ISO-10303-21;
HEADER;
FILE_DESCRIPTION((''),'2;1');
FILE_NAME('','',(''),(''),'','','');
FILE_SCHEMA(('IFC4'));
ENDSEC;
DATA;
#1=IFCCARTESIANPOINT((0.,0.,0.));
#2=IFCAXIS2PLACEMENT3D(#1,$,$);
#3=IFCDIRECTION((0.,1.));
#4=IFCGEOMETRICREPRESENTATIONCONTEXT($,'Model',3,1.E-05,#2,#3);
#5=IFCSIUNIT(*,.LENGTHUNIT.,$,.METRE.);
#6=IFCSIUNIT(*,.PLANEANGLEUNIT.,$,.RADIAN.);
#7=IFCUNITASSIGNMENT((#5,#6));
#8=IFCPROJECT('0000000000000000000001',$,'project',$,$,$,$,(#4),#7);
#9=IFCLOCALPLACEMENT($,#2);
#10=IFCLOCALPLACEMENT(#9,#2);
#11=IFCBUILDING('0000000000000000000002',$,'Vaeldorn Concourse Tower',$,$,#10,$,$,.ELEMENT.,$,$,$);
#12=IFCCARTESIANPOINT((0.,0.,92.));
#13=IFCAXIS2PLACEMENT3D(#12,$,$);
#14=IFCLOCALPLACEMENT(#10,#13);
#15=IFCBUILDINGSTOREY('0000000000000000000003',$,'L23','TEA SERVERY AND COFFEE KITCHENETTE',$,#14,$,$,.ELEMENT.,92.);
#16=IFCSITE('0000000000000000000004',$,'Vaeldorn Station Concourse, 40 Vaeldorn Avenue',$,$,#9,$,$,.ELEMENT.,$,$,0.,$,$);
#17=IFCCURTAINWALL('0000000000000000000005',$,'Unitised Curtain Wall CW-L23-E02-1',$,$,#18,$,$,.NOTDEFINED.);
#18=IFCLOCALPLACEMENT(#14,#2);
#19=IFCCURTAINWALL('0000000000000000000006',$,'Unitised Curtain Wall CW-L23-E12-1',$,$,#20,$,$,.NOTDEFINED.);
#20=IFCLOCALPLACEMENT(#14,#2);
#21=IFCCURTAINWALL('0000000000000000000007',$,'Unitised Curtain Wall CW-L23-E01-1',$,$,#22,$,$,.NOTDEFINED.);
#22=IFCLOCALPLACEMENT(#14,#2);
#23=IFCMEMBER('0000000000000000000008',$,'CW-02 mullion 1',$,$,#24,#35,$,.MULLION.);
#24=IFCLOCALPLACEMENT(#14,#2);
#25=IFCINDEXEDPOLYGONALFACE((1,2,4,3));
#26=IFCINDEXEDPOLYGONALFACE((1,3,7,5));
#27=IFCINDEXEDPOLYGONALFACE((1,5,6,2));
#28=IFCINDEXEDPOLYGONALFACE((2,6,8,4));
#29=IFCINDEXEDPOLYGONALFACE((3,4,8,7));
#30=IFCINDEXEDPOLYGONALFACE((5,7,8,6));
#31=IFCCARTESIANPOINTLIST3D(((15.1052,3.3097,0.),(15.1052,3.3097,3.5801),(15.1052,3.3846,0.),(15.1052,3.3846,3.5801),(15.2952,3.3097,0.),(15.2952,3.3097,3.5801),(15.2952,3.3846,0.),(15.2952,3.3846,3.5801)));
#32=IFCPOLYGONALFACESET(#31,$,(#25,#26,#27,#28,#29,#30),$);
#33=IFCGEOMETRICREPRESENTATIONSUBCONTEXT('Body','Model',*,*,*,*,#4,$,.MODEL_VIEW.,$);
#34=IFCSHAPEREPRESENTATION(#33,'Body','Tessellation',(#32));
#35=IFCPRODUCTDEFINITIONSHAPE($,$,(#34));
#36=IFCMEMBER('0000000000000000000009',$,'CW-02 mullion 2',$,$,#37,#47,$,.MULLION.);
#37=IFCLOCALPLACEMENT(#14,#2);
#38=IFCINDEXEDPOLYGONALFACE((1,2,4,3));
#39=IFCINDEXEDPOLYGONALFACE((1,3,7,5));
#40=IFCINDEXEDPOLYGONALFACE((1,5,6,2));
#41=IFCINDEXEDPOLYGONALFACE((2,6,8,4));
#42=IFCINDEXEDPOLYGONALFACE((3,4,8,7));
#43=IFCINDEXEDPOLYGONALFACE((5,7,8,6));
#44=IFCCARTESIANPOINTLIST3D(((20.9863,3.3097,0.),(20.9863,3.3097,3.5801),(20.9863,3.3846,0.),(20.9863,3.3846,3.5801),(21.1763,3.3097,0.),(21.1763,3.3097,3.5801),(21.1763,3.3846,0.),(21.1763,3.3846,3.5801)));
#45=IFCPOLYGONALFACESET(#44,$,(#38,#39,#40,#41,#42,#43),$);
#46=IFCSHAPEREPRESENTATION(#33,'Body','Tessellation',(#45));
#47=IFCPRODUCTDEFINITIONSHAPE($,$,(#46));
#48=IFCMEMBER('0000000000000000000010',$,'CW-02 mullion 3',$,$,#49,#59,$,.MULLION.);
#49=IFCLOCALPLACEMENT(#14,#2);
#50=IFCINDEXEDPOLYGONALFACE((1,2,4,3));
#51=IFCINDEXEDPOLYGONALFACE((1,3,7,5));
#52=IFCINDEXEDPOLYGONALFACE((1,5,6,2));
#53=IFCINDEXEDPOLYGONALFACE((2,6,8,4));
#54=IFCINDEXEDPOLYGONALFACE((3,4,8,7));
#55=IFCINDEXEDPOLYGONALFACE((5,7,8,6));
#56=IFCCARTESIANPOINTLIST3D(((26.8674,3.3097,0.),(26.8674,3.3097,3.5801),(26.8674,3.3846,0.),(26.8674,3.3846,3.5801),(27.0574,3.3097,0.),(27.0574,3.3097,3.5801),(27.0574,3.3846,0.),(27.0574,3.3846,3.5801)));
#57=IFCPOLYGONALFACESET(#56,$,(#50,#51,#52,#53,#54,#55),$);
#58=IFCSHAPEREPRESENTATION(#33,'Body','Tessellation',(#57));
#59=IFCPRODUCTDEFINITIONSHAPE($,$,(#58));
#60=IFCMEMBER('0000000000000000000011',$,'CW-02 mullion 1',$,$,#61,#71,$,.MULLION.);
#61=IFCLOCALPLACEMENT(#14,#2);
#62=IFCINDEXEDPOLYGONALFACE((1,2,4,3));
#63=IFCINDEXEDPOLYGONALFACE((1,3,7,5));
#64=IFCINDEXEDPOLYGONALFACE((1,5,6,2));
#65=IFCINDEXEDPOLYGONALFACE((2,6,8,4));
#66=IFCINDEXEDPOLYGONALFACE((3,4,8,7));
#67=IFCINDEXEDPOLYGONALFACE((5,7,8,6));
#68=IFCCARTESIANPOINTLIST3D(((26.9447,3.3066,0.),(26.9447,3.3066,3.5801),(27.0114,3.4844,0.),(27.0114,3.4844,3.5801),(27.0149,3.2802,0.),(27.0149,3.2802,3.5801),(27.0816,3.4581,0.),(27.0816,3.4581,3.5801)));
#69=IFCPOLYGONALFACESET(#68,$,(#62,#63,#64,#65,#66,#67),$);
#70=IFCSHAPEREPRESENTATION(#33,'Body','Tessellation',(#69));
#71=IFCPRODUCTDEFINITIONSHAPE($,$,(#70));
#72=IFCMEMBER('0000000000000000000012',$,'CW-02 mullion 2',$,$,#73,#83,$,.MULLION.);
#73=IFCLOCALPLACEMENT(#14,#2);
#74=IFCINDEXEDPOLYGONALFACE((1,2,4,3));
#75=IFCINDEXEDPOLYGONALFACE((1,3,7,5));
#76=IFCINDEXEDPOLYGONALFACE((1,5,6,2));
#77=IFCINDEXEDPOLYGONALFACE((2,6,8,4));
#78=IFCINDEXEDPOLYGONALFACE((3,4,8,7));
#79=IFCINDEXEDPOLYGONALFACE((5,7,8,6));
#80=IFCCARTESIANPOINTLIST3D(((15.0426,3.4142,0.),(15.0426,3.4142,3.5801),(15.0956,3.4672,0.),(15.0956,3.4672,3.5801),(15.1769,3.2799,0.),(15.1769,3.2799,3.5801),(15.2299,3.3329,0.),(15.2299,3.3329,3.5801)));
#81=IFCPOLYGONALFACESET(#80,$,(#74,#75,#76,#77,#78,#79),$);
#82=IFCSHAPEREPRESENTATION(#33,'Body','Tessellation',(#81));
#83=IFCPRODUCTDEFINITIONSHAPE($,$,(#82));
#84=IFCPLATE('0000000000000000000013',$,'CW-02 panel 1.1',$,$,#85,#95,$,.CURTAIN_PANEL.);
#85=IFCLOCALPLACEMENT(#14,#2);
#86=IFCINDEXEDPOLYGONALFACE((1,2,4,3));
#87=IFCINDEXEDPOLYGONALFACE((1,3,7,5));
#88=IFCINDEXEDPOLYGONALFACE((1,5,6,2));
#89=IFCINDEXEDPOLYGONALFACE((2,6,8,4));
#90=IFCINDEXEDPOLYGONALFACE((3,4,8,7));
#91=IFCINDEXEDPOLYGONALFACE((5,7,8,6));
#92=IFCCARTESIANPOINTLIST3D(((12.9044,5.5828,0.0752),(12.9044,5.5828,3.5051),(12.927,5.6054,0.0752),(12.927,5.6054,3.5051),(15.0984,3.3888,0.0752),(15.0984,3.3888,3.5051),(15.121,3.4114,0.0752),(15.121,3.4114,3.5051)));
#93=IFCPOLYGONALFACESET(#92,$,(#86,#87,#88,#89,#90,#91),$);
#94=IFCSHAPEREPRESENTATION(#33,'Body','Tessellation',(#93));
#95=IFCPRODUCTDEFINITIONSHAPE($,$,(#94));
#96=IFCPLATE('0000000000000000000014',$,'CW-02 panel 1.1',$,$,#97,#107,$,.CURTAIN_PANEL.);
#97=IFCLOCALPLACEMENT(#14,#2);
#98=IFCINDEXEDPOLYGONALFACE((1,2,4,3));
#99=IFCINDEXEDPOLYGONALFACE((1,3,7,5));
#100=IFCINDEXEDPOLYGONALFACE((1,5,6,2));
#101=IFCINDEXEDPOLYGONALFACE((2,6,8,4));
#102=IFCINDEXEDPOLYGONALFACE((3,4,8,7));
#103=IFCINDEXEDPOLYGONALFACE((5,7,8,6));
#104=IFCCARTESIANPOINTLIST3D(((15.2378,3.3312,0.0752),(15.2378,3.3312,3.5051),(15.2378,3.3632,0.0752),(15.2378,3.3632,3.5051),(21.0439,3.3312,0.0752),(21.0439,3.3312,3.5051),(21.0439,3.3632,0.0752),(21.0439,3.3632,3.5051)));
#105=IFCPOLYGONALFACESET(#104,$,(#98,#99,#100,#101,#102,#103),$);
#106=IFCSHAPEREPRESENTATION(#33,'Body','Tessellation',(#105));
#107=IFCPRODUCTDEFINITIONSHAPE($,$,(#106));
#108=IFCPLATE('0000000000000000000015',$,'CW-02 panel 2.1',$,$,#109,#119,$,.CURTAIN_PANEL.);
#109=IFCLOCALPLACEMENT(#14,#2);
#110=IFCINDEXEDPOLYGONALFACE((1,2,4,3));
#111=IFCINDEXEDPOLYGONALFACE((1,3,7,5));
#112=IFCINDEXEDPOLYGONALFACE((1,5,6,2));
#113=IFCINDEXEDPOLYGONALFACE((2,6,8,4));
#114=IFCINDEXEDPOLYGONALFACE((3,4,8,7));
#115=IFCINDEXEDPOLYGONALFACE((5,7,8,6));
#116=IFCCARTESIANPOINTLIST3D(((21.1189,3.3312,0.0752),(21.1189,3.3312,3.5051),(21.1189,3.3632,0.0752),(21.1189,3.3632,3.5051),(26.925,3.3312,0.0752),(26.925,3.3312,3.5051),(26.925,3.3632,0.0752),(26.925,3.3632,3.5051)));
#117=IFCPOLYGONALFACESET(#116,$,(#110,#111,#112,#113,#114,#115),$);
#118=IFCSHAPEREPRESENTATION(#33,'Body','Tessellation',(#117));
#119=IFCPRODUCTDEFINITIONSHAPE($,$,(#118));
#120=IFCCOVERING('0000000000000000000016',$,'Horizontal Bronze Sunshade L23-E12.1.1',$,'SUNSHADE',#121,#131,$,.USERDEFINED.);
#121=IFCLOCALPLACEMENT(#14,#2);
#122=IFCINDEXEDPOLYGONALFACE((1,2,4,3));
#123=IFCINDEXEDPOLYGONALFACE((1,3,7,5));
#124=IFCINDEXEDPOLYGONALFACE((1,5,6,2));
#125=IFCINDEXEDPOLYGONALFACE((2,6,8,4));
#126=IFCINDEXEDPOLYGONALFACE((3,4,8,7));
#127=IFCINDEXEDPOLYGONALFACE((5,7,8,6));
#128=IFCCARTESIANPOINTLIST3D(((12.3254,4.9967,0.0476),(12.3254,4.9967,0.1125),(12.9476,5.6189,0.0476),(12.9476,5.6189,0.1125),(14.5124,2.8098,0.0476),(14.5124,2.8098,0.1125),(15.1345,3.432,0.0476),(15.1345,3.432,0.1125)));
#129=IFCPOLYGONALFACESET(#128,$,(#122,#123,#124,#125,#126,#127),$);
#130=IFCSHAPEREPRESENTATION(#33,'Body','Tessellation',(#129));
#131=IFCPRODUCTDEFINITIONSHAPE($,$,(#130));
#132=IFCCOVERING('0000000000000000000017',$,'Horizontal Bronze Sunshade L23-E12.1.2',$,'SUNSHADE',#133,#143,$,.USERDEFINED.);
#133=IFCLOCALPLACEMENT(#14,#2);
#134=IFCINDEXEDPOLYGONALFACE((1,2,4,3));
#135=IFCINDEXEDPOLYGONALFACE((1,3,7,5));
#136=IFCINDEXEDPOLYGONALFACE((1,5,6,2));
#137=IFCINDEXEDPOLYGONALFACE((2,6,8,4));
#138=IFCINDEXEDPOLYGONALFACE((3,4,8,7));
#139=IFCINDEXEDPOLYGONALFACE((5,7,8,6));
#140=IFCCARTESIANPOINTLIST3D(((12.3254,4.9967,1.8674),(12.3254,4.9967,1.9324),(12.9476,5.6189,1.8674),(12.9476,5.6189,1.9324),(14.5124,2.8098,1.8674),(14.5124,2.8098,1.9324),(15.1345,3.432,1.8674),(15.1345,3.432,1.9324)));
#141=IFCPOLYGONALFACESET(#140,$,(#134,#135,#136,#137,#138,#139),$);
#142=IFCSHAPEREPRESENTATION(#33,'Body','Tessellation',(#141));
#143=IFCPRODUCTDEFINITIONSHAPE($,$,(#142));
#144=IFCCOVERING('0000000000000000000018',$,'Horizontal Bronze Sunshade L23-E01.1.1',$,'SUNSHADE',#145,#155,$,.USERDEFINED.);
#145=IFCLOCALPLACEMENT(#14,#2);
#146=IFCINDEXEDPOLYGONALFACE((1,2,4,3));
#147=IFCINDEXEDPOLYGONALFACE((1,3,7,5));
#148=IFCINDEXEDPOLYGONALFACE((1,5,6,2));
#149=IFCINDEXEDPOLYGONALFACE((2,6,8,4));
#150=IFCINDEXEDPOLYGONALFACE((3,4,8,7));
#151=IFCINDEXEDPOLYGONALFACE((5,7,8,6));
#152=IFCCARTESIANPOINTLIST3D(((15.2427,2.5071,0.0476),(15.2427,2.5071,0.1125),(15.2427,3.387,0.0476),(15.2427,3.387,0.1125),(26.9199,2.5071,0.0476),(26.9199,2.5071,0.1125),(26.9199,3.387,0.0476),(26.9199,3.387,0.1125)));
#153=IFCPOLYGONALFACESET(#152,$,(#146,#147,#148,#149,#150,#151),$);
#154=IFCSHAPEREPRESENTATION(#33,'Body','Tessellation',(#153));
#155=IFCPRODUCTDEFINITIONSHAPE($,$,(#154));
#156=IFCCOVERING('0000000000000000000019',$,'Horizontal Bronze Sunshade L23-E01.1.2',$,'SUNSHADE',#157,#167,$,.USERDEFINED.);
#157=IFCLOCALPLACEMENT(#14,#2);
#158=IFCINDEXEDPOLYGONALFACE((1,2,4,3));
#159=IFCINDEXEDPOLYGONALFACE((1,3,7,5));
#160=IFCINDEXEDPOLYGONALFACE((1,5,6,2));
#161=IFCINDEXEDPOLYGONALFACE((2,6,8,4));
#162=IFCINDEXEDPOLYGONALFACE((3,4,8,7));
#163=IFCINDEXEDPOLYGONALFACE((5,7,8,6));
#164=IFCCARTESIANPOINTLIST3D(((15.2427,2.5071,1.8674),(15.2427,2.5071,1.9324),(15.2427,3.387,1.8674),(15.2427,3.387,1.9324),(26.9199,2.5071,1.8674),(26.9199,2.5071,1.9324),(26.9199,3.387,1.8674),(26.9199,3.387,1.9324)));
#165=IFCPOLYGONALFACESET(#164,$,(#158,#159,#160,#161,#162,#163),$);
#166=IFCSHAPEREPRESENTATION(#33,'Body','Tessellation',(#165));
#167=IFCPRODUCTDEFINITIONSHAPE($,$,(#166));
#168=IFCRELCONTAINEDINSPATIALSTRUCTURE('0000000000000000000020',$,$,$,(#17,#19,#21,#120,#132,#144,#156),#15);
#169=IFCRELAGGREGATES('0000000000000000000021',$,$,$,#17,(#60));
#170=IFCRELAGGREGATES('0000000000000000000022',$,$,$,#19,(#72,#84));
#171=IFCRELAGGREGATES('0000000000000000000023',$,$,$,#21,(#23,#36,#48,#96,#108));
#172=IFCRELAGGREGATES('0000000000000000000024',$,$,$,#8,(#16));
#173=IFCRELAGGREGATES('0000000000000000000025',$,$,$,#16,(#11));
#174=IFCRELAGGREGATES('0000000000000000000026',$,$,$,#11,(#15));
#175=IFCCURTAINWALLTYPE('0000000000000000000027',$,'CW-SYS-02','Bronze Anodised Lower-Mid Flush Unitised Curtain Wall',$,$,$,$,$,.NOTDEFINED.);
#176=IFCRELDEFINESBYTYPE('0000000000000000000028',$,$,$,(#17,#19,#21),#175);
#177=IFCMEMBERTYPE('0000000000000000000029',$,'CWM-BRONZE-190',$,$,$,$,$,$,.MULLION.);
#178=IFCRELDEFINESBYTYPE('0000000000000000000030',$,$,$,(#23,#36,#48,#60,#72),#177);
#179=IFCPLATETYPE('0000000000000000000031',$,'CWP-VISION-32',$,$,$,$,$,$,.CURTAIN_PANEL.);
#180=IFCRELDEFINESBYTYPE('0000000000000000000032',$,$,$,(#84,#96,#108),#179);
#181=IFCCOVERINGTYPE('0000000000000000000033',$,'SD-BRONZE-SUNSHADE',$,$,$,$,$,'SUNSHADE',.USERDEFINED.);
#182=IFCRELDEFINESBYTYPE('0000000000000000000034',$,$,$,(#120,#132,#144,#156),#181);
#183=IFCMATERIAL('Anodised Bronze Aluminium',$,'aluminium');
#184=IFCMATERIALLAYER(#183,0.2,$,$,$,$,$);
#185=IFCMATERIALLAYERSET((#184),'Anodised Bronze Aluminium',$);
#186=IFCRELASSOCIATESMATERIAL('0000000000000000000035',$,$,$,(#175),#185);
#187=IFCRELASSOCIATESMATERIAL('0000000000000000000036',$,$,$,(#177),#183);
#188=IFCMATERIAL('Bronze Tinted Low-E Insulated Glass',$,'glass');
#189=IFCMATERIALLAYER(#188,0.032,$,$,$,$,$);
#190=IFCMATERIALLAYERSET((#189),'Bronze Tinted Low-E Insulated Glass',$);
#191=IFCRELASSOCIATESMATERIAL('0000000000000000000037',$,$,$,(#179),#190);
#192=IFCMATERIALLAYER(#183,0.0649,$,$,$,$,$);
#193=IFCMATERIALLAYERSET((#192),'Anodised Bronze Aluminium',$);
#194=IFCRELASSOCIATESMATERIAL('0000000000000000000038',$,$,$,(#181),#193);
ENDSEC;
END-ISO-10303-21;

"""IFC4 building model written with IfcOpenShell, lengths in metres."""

from ifc_helpers import new_model, si_unit, direction, frame, origin, origin_2d, place, context, subcontext, project, spatial, rectangle, extrude, source, transform, mapped, material, layer, layer_set, material_profile, profile_set, type_object, element, aggregate, save


model = new_model("IFC4")

# Units and contexts
model_context = context("Model", 3, precision=1e-05, world=origin(), true_north=direction((0.0, 1.0)))
body_context = subcontext(model_context, "Body", "Model", "MODEL_VIEW")
ifc_project = project(units=[si_unit("LENGTHUNIT", "METRE"), si_unit("PLANEANGLEUNIT", "RADIAN")], contexts=[model_context])

# Site, building, storey
site_placement = place(None, origin())
site = spatial("IfcSite", under=ifc_project, at=site_placement, Name="Vaeldorn Station Concourse, 40 Vaeldorn Avenue", CompositionType="ELEMENT", RefElevation=0.0)
building_placement = place(site_placement, origin())
building = spatial("IfcBuilding", under=site, at=building_placement, Name="Vaeldorn Concourse Tower", CompositionType="ELEMENT")
storey_placement = place(building_placement, frame((0.0, 0.0, 92.0)))
storey = spatial("IfcBuildingStorey", under=building, at=storey_placement, Name="L23", Description="TEA SERVERY AND COFFEE KITCHENETTE", CompositionType="ELEMENT", Elevation=92.0)

# Curtain wall
ifc_material_1 = material(Name="Anodised Bronze Aluminium", Category="aluminium")
ifc_layer_1 = layer(ifc_material_1, 0.2)
ifc_layer_set_1 = layer_set([ifc_layer_1], Name="Anodised Bronze Aluminium")
curtain_wall_type = type_object("IfcCurtainWallType", Name="CW-SYS-02", Description="Bronze Anodised Lower-Mid Flush Unitised Curtain Wall", PredefinedType="NOTDEFINED", material=ifc_layer_set_1)
curtain_wall_1_placement = place(storey_placement, origin())
curtain_wall_1 = element("IfcCurtainWall", 1, at=curtain_wall_1_placement, inside=storey, type_object=curtain_wall_type, Name="Unitised Curtain Wall CW-L23-E02-1", PredefinedType="NOTDEFINED")

# Curtain wall
curtain_wall_2_placement = place(storey_placement, origin())
curtain_wall_2 = element("IfcCurtainWall", 2, at=curtain_wall_2_placement, inside=storey, type_object=curtain_wall_type, Name="Unitised Curtain Wall CW-L23-E12-1", PredefinedType="NOTDEFINED")

# Curtain wall, members
curtain_wall_3_placement = place(storey_placement, origin())
curtain_wall_3 = element("IfcCurtainWall", 3, at=curtain_wall_3_placement, inside=storey, type_object=curtain_wall_type, Name="Unitised Curtain Wall CW-L23-E01-1", PredefinedType="NOTDEFINED")
ifc_material_profile_1 = material_profile(ifc_material_1, rectangle(XDim=0.075, YDim=0.1899, at=origin_2d()), Name="CWM 75x190")
ifc_profile_set_1 = profile_set([ifc_material_profile_1], Name="Anodised Bronze Aluminium")
member_type_1 = type_object("IfcMemberType", Name="CWM-BRONZE-190", PredefinedType="MULLION", material=ifc_profile_set_1)
shared_shape_1 = source(origin(), body_context, "Body", "SweptSolid", [
    extrude(rectangle(XDim=0.075, YDim=0.1899, at=origin_2d()), origin(), (0.0, 0.0, 1.0), 3.5801),
])
member_1_placement = place(storey_placement, frame((15.2002, 3.3472, 0.0), z_axis=(0.0, 0.0, 1.0), x_axis=(0.0, 1.0, 0.0)))
member_1 = element("IfcMember", 4, at=member_1_placement, type_object=member_type_1, Name="CW-02 mullion 1", PredefinedType="MULLION", context=body_context, shape_type="MappedRepresentation", body=[
    mapped(shared_shape_1, transform((0.0, 0.0, 0.0), scale=1.0)),
])
member_2_placement = place(storey_placement, frame((21.0813, 3.3472, 0.0), z_axis=(0.0, 0.0, 1.0), x_axis=(0.0, 1.0, 0.0)))
member_2 = element("IfcMember", 5, at=member_2_placement, type_object=member_type_1, Name="CW-02 mullion 2", PredefinedType="MULLION", context=body_context, shape_type="MappedRepresentation", body=[
    mapped(shared_shape_1, transform((0.0, 0.0, 0.0), scale=1.0)),
])
member_3_placement = place(storey_placement, frame((26.9624, 3.3472, 0.0), z_axis=(0.0, 0.0, 1.0), x_axis=(0.0, 1.0, 0.0)))
member_3 = element("IfcMember", 6, at=member_3_placement, type_object=member_type_1, Name="CW-02 mullion 3", PredefinedType="MULLION", context=body_context, shape_type="MappedRepresentation", body=[
    mapped(shared_shape_1, transform((0.0, 0.0, 0.0), scale=1.0)),
])

# Members
member_4_placement = place(storey_placement, frame((27.0132, 3.3823, 0.0), z_axis=(0.0, 0.0, 1.0), x_axis=(-0.936329, 0.351123, 0.0)))
member_4 = element("IfcMember", 7, at=member_4_placement, type_object=member_type_1, Name="CW-02 mullion 1", PredefinedType="MULLION", context=body_context, shape_type="MappedRepresentation", body=[
    mapped(shared_shape_1, transform((0.0, 0.0, 0.0), scale=1.0)),
])
aggregate(curtain_wall_1, [member_4])
member_5_placement = place(storey_placement, frame((15.1362, 3.3735, 0.0), z_axis=(0.0, 0.0, 1.0), x_axis=(0.707107, 0.707107, 0.0)))
member_5 = element("IfcMember", 8, at=member_5_placement, type_object=member_type_1, Name="CW-02 mullion 2", PredefinedType="MULLION", context=body_context, shape_type="MappedRepresentation", body=[
    mapped(shared_shape_1, transform((0.0, 0.0, 0.0), scale=1.0)),
])

# Plates
ifc_material_2 = material(Name="Bronze Tinted Low-E Insulated Glass", Category="glass")
ifc_layer_2 = layer(ifc_material_2, 0.032)
ifc_layer_set_2 = layer_set([ifc_layer_2], Name="Bronze Tinted Low-E Insulated Glass")
plate_type = type_object("IfcPlateType", Name="CWP-VISION-32", PredefinedType="CURTAIN_PANEL", material=ifc_layer_set_2)
shared_shape_2 = source(origin(), body_context, "Body", "SweptSolid", [
    extrude(rectangle(XDim=3.1028, YDim=0.032, at=origin_2d()), origin(), (0.0, 0.0, 1.0), 3.4299),
])
plate_1_placement = place(storey_placement, frame((14.0127, 4.4971, 0.0752), z_axis=(0.0, 0.0, 1.0), x_axis=(0.707107, -0.707107, 0.0)))
plate_1 = element("IfcPlate", 9, at=plate_1_placement, type_object=plate_type, Name="CW-02 panel 1.1", PredefinedType="CURTAIN_PANEL", context=body_context, shape_type="MappedRepresentation", body=[
    mapped(shared_shape_2, transform((0.0, 0.0, 0.0), scale=1.0)),
])
aggregate(curtain_wall_2, [member_5, plate_1])
shared_shape_3 = source(origin(), body_context, "Body", "SweptSolid", [
    extrude(rectangle(XDim=5.8062, YDim=0.032, at=origin_2d()), origin(), (0.0, 0.0, 1.0), 3.4299),
])
plate_2_placement = place(storey_placement, frame((18.1409, 3.3472, 0.0752), z_axis=(0.0, 0.0, 1.0), x_axis=(1.0, 0.0, 0.0)))
plate_2 = element("IfcPlate", 10, at=plate_2_placement, type_object=plate_type, Name="CW-02 panel 1.1", PredefinedType="CURTAIN_PANEL", context=body_context, shape_type="MappedRepresentation", body=[
    mapped(shared_shape_3, transform((0.0, 0.0, 0.0), scale=1.0)),
])
plate_3_placement = place(storey_placement, frame((24.022, 3.3472, 0.0752), z_axis=(0.0, 0.0, 1.0), x_axis=(1.0, 0.0, 0.0)))
plate_3 = element("IfcPlate", 11, at=plate_3_placement, type_object=plate_type, Name="CW-02 panel 2.1", PredefinedType="CURTAIN_PANEL", context=body_context, shape_type="MappedRepresentation", body=[
    mapped(shared_shape_3, transform((0.0, 0.0, 0.0), scale=1.0)),
])
aggregate(curtain_wall_3, [member_1, member_2, member_3, plate_2, plate_3])

# Coverings
ifc_layer_3 = layer(ifc_material_1, 0.0649)
ifc_layer_set_3 = layer_set([ifc_layer_3], Name="Anodised Bronze Aluminium")
covering_type = type_object("IfcCoveringType", Name="SD-BRONZE-SUNSHADE", ElementType="SUNSHADE", PredefinedType="USERDEFINED", material=ifc_layer_set_3)
shared_shape_4 = source(origin(), body_context, "Body", "SweptSolid", [
    extrude(rectangle(XDim=3.0928, YDim=0.8799, at=origin_2d()), origin(), (0.0, 0.0, 1.0), 0.0649),
])
for number, where, z_axis, x_axis, name in (
    (12, (13.73, 4.2144, 0.0476), (0.0, 0.0, 1.0), (0.707107, -0.707107, 0.0), "Horizontal Bronze Sunshade L23-E12.1.1"),
    (13, (13.73, 4.2144, 1.8674), (0.0, 0.0, 1.0), (0.707107, -0.707107, 0.0), "Horizontal Bronze Sunshade L23-E12.1.2"),
):
    element("IfcCovering", number, at=place(storey_placement, frame(where, z_axis=z_axis, x_axis=x_axis)), inside=storey, type_object=covering_type, Name=name, ObjectType="SUNSHADE", PredefinedType="USERDEFINED", context=body_context, shape_type="MappedRepresentation", body=[
        mapped(shared_shape_4, transform((0.0, 0.0, 0.0), scale=1.0)),
    ])
shared_shape_5 = source(origin(), body_context, "Body", "SweptSolid", [
    extrude(rectangle(XDim=11.6772, YDim=0.8799, at=origin_2d()), origin(), (0.0, 0.0, 1.0), 0.0649),
])
for number, where, z_axis, x_axis, name in (
    (14, (21.0813, 2.947, 0.0476), (0.0, 0.0, 1.0), (1.0, 0.0, 0.0), "Horizontal Bronze Sunshade L23-E01.1.1"),
    (15, (21.0813, 2.947, 1.8674), (0.0, 0.0, 1.0), (1.0, 0.0, 0.0), "Horizontal Bronze Sunshade L23-E01.1.2"),
):
    element("IfcCovering", number, at=place(storey_placement, frame(where, z_axis=z_axis, x_axis=x_axis)), inside=storey, type_object=covering_type, Name=name, ObjectType="SUNSHADE", PredefinedType="USERDEFINED", context=body_context, shape_type="MappedRepresentation", body=[
        mapped(shared_shape_5, transform((0.0, 0.0, 0.0), scale=1.0)),
    ])

save(model, "model.ifc")
